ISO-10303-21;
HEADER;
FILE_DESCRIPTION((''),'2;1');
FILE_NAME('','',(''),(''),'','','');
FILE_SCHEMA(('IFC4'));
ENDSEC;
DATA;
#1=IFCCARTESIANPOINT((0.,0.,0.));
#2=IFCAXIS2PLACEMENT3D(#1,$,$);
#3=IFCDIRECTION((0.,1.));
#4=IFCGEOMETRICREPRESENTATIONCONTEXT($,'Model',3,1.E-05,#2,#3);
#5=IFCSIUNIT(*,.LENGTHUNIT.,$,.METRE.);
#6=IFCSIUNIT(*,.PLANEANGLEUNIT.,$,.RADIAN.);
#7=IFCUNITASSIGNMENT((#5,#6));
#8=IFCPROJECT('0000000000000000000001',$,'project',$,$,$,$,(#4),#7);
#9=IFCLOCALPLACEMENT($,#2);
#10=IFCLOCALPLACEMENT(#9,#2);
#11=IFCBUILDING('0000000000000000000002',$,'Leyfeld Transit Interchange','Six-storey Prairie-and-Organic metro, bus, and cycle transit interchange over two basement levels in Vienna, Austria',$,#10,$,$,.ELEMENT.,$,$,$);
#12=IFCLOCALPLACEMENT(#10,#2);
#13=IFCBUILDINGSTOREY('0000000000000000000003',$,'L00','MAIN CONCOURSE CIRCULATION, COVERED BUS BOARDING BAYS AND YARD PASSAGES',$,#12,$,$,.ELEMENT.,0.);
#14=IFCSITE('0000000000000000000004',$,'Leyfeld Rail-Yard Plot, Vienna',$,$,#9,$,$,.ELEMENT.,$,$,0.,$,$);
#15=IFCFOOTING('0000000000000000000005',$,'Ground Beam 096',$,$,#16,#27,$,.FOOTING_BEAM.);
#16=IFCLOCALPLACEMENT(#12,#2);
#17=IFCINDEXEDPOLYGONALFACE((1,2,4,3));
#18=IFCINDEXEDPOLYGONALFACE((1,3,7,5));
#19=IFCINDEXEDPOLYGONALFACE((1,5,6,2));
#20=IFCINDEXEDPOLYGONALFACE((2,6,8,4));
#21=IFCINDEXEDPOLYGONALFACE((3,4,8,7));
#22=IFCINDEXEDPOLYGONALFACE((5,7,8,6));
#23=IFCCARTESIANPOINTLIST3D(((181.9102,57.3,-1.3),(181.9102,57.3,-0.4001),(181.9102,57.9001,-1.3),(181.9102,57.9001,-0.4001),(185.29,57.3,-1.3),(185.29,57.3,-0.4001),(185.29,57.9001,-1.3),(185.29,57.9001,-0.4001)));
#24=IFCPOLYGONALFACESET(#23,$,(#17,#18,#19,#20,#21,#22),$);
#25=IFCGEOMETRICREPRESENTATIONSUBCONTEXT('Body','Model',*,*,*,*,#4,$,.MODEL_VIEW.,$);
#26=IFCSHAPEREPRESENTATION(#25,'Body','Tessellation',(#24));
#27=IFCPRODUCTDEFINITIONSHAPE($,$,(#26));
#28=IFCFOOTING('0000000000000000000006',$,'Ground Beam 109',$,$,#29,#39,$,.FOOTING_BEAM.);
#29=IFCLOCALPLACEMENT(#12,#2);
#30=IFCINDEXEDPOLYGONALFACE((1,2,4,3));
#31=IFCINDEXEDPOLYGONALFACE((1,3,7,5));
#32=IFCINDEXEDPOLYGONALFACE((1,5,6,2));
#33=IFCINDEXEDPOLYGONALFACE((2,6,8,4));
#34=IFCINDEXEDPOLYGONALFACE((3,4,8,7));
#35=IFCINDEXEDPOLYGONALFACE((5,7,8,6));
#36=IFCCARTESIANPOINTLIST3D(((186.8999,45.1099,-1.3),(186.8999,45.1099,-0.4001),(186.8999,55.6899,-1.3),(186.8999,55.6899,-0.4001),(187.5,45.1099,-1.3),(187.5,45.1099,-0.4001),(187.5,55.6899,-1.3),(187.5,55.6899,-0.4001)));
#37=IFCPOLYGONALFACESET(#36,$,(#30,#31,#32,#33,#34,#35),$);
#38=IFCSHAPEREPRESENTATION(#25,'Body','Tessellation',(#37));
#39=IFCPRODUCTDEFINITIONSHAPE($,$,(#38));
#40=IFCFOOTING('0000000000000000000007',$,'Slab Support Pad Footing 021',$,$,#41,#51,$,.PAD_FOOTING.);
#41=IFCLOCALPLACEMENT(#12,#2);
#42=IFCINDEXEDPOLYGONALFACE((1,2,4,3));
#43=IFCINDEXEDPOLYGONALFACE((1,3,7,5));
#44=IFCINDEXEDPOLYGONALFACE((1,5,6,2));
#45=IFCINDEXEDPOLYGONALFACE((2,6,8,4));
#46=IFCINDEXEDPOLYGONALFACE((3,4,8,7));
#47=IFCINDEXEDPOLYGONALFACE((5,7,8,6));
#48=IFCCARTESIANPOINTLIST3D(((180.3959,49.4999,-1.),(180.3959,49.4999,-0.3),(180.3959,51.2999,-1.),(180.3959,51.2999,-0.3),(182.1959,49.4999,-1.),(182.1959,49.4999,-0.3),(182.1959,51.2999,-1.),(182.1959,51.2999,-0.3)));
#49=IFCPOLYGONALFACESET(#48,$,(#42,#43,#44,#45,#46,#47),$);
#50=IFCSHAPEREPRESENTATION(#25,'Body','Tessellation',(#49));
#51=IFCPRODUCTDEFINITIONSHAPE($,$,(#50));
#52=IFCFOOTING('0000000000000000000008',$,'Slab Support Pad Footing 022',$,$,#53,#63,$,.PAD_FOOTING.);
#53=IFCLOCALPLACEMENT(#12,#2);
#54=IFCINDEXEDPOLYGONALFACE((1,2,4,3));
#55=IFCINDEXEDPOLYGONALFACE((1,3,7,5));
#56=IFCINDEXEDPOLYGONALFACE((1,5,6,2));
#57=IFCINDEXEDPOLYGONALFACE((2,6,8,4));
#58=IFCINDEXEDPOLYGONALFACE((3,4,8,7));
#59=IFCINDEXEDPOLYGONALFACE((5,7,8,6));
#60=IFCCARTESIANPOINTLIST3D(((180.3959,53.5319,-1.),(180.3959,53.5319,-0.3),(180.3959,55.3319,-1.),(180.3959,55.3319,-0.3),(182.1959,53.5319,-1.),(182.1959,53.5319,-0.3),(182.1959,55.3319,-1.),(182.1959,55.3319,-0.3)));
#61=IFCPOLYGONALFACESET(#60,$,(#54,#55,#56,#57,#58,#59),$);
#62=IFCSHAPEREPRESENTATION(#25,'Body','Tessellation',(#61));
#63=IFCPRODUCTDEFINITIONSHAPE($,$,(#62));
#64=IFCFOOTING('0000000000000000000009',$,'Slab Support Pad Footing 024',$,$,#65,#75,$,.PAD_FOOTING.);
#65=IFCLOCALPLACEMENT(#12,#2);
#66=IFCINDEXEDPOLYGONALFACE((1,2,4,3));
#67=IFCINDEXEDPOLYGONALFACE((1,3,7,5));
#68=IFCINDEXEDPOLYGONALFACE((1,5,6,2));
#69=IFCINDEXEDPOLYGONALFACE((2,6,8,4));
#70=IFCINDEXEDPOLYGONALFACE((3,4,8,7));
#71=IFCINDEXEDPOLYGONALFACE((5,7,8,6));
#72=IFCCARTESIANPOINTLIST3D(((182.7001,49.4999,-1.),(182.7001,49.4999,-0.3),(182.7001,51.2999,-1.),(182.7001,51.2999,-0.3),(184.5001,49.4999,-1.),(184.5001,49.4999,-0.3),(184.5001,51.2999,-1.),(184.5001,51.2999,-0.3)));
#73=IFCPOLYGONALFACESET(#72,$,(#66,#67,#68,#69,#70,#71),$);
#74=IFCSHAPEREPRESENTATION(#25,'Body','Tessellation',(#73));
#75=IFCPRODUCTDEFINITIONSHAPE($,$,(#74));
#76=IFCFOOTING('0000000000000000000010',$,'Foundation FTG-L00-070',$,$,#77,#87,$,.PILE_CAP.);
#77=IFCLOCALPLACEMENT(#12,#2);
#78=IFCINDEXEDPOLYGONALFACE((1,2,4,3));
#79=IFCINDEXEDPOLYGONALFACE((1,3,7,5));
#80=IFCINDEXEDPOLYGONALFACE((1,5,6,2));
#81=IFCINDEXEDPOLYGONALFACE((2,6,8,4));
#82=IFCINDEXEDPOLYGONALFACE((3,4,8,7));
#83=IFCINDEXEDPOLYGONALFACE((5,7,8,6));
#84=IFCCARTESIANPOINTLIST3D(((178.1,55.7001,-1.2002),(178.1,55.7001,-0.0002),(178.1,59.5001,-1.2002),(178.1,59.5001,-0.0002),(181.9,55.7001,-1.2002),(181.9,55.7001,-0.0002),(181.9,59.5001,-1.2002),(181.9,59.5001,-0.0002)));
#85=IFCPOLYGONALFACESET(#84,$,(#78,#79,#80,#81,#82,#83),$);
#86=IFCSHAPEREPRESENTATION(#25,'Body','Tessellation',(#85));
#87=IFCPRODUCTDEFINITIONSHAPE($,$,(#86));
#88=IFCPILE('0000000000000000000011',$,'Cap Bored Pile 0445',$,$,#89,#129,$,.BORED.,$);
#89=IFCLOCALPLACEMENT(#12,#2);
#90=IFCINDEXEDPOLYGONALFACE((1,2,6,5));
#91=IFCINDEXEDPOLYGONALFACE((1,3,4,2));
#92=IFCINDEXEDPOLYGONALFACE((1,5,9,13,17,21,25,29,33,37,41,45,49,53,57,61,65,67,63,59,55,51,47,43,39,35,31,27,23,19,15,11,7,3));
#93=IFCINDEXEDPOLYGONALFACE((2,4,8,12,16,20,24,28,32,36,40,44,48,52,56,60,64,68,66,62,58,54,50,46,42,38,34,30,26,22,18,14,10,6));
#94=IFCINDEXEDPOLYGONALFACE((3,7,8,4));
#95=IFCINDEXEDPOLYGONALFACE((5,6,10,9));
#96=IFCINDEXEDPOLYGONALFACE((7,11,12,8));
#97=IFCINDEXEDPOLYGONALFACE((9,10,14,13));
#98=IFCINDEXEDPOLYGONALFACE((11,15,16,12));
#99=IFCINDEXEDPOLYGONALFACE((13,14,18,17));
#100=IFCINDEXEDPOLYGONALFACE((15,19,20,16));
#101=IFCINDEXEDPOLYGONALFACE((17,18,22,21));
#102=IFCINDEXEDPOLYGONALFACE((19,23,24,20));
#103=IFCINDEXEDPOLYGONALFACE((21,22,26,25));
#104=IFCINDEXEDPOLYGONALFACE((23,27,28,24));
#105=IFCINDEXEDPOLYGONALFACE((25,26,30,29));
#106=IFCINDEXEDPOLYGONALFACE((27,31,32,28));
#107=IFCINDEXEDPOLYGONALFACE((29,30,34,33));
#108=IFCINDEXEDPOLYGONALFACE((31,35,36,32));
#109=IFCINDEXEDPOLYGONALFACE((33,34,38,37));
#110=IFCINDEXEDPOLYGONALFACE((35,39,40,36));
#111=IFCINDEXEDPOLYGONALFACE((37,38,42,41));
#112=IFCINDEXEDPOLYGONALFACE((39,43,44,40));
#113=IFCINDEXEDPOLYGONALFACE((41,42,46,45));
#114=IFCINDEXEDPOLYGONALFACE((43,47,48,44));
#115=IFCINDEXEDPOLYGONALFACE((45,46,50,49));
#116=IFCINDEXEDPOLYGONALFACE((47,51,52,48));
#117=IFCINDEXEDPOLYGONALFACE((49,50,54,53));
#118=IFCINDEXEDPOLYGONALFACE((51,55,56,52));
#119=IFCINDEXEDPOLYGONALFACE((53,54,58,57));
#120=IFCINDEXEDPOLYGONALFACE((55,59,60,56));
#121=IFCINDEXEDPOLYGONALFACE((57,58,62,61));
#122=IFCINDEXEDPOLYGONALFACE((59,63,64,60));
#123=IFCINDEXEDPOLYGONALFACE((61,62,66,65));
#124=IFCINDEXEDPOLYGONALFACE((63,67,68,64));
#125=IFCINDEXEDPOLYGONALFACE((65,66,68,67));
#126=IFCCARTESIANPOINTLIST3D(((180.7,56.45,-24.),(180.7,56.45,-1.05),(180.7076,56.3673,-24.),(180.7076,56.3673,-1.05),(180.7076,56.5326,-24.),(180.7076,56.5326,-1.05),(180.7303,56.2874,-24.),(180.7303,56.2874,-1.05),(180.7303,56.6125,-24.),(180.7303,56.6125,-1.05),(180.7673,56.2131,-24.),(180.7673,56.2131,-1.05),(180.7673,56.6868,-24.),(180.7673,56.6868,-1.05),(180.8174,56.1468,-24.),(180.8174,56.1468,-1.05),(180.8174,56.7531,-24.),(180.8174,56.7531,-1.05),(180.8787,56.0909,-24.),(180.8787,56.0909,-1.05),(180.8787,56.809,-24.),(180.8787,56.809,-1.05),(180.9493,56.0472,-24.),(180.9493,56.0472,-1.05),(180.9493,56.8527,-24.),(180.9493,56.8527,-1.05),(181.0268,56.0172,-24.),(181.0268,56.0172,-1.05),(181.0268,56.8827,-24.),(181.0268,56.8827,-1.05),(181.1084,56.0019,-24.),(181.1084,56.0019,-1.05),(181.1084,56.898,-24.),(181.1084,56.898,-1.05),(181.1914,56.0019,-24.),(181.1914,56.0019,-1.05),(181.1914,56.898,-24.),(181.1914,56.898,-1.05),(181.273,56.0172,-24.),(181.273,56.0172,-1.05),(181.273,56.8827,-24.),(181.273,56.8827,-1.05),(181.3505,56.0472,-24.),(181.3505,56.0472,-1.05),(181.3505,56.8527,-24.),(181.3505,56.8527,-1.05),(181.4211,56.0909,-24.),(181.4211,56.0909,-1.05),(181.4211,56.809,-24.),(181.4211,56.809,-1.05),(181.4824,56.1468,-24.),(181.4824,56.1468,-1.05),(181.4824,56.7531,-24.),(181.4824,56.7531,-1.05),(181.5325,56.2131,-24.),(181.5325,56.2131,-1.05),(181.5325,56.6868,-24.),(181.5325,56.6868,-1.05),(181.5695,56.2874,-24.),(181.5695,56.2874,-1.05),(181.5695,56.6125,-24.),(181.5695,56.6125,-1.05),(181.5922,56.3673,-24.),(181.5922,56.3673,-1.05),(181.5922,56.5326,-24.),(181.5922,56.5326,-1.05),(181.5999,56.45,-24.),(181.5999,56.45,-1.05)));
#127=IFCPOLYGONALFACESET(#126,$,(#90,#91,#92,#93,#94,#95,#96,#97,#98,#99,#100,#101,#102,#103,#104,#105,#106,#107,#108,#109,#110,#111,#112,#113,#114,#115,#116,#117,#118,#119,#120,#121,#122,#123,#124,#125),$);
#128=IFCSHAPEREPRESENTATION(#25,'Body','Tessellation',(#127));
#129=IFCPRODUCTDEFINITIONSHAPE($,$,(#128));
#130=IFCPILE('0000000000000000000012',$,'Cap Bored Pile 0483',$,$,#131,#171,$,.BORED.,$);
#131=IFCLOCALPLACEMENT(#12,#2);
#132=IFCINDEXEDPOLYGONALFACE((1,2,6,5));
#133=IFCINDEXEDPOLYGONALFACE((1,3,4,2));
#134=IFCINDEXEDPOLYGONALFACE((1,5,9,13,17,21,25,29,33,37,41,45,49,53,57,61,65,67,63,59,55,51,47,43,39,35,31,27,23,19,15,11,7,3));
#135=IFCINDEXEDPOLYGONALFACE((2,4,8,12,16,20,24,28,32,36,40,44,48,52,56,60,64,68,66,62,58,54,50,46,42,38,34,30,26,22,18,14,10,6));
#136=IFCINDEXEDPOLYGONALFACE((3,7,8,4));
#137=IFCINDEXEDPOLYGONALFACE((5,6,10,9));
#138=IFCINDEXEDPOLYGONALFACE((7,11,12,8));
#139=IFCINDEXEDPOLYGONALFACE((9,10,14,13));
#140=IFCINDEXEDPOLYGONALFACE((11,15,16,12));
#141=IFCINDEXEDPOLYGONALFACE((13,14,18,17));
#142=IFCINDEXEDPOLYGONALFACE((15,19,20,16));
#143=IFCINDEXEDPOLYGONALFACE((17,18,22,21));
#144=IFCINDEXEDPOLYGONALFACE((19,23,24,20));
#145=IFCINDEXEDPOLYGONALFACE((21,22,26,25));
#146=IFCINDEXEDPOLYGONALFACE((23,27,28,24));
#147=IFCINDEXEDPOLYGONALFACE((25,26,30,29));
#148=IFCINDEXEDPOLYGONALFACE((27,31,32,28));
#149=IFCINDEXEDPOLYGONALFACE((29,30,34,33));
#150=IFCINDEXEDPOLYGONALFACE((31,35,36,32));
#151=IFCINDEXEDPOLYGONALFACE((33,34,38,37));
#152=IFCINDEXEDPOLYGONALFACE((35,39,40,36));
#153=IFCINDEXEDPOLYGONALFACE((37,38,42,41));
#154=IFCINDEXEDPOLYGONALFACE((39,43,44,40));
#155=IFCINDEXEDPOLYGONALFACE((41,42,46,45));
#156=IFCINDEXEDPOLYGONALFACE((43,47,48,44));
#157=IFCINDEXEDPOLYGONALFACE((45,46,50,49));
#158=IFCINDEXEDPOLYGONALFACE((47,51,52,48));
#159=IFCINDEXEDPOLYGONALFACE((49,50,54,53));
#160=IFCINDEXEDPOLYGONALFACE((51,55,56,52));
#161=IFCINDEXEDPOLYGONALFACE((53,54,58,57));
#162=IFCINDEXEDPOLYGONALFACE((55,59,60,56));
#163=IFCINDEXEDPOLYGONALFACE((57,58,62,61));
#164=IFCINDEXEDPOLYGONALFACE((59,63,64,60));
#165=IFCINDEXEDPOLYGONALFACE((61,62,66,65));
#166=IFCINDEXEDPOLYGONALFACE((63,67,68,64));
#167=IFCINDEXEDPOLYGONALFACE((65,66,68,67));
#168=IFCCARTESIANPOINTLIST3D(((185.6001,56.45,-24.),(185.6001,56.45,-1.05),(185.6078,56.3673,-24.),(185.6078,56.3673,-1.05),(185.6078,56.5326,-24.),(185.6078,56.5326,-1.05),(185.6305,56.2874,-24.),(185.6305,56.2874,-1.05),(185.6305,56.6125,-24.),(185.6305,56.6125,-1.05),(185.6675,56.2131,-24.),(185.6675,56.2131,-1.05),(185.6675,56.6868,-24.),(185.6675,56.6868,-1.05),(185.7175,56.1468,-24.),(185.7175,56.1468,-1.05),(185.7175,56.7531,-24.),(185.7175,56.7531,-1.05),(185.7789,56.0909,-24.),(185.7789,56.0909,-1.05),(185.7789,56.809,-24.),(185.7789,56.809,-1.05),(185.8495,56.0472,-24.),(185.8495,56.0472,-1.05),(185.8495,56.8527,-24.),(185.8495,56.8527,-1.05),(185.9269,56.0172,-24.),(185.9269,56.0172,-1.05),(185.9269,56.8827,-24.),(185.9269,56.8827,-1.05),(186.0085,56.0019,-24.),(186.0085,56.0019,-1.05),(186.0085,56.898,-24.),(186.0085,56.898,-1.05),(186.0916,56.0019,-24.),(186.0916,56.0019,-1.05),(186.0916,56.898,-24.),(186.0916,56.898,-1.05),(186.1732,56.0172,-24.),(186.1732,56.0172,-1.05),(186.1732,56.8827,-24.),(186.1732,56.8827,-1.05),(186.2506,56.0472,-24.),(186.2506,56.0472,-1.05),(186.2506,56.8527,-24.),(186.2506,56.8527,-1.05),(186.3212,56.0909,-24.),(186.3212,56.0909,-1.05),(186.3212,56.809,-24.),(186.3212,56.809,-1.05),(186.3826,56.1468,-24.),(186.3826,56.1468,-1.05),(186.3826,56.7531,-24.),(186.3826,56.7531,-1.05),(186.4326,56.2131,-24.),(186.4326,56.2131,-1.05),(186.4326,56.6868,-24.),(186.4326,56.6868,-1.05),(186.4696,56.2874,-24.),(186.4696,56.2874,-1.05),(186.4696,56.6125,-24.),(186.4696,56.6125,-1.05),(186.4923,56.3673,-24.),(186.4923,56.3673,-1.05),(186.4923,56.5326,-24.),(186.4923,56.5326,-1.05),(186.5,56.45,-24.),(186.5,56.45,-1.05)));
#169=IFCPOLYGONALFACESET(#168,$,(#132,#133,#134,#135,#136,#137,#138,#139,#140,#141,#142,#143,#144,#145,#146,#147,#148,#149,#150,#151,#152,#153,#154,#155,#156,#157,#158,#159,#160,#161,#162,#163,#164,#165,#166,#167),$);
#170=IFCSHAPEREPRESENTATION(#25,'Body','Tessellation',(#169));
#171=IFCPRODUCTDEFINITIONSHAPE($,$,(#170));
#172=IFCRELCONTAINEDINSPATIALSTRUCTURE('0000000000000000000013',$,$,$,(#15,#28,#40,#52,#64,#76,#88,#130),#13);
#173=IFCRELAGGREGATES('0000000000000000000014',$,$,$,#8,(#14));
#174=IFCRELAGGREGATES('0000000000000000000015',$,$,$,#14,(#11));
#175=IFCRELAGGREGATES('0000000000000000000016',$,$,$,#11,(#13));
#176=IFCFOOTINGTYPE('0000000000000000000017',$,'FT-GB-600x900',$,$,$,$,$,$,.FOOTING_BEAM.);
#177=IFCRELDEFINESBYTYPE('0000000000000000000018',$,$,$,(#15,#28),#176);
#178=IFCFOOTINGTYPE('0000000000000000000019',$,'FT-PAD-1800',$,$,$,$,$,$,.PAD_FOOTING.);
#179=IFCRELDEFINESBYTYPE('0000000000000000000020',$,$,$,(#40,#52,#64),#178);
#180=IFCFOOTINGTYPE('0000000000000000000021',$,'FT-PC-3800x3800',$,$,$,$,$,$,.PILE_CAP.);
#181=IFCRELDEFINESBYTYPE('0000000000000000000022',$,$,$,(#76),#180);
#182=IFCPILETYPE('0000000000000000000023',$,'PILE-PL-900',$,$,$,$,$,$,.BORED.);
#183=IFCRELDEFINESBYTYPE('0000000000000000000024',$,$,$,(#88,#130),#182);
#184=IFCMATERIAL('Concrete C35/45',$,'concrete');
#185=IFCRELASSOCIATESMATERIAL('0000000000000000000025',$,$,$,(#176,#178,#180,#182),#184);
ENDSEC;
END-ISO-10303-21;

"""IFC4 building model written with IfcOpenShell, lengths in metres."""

from ifc_helpers import new_model, si_unit, direction, frame, origin, origin_2d, place, context, subcontext, project, spatial, rectangle, circle, extrude, material, material_profile, profile_set, type_object, element, save


model = new_model("IFC4")

# Units and contexts
model_context = context("Model", 3, precision=1e-05, world=origin(), true_north=direction((0.0, 1.0)))
body_context = subcontext(model_context, "Body", "Model", "MODEL_VIEW")
ifc_project = project(units=[si_unit("LENGTHUNIT", "METRE"), si_unit("PLANEANGLEUNIT", "RADIAN")], contexts=[model_context])

# Site, building, storey
site_placement = place(None, origin())
site = spatial("IfcSite", under=ifc_project, at=site_placement, Name="Leyfeld Rail-Yard Plot, Vienna", CompositionType="ELEMENT", RefElevation=0.0)
building_placement = place(site_placement, origin())
building = spatial("IfcBuilding", under=site, at=building_placement, Name="Leyfeld Transit Interchange", Description="Six-storey Prairie-and-Organic metro, bus, and cycle transit interchange over two basement levels in Vienna, Austria", CompositionType="ELEMENT")
storey_placement = place(building_placement, origin())
storey = spatial("IfcBuildingStorey", under=building, at=storey_placement, Name="L00", Description="MAIN CONCOURSE CIRCULATION, COVERED BUS BOARDING BAYS AND YARD PASSAGES", CompositionType="ELEMENT", Elevation=0.0)

# Footings
ifc_material_1 = material(Name="Concrete C35/45", Category="concrete")
footing_type_1 = type_object("IfcFootingType", Name="FT-GB-600x900", PredefinedType="FOOTING_BEAM", material=ifc_material_1)
footing_1_placement = place(storey_placement, frame((183.6001, 57.6001, -1.3), z_axis=(0.0, 0.0, 1.0), x_axis=(1.0, 0.0, 0.0)))
element("IfcFooting", 1, at=footing_1_placement, inside=storey, type_object=footing_type_1, Name="Ground Beam 096", PredefinedType="FOOTING_BEAM", context=body_context, shape_type="SweptSolid", body=[
    extrude(rectangle(XDim=3.3799, YDim=0.6001, at=origin_2d()), origin(), (0.0, 0.0, 1.0), 0.8999),
])
footing_2_placement = place(storey_placement, frame((187.2, 50.3999, -1.3), z_axis=(0.0, 0.0, 1.0), x_axis=(1.0, 0.0, 0.0)))
element("IfcFooting", 2, at=footing_2_placement, inside=storey, type_object=footing_type_1, Name="Ground Beam 109", PredefinedType="FOOTING_BEAM", context=body_context, shape_type="SweptSolid", body=[
    extrude(rectangle(XDim=0.6001, YDim=10.5801, at=origin_2d()), origin(), (0.0, 0.0, 1.0), 0.8999),
])
footing_type_2 = type_object("IfcFootingType", Name="FT-PAD-1800", PredefinedType="PAD_FOOTING", material=ifc_material_1)
for number, where, z_axis, x_axis, name in (
    (3, (181.2959, 50.3999, -1.0), (0.0, 0.0, 1.0), (1.0, 0.0, 0.0), "Slab Support Pad Footing 021"),
    (4, (181.2959, 54.4319, -1.0), (0.0, 0.0, 1.0), (1.0, 0.0, 0.0), "Slab Support Pad Footing 022"),
    (5, (183.6001, 50.3999, -1.0), (0.0, 0.0, 1.0), (1.0, 0.0, 0.0), "Slab Support Pad Footing 024"),
):
    element("IfcFooting", number, at=place(storey_placement, frame(where, z_axis=z_axis, x_axis=x_axis)), inside=storey, type_object=footing_type_2, Name=name, PredefinedType="PAD_FOOTING", context=body_context, shape_type="SweptSolid", body=[
        extrude(rectangle(XDim=1.8, YDim=1.8, at=origin_2d()), origin(), (0.0, 0.0, 1.0), 0.7),
    ])
footing_type_3 = type_object("IfcFootingType", Name="FT-PC-3800x3800", PredefinedType="PILE_CAP", material=ifc_material_1)
footing_3_placement = place(storey_placement, frame((180.0, 57.6001, -1.2002), z_axis=(0.0, 0.0, 1.0), x_axis=(1.0, 0.0, 0.0)))
element("IfcFooting", 6, at=footing_3_placement, inside=storey, type_object=footing_type_3, Name="Foundation FTG-L00-070", PredefinedType="PILE_CAP", context=body_context, shape_type="SweptSolid", body=[
    extrude(rectangle(XDim=3.8, YDim=3.8, at=origin_2d()), origin(), (0.0, 0.0, 1.0), 1.2),
])

# Piles
ifc_material_profile_1 = material_profile(ifc_material_1, circle(Radius=0.45, at=origin_2d()), Name="PILE D900")
ifc_profile_set_1 = profile_set([ifc_material_profile_1], Name="Concrete C35/45")
pile_type = type_object("IfcPileType", Name="PILE-PL-900", PredefinedType="BORED", material=ifc_profile_set_1)
for number, where, z_axis, x_axis, name in (
    (7, (181.1499, 56.45, -1.05), (0.0, 0.0, -1.0), (1.0, 0.0, 0.0), "Cap Bored Pile 0445"),
    (8, (186.05, 56.45, -1.05), (0.0, 0.0, -1.0), (1.0, 0.0, 0.0), "Cap Bored Pile 0483"),
):
    element("IfcPile", number, at=place(storey_placement, frame(where, z_axis=z_axis, x_axis=x_axis)), inside=storey, type_object=pile_type, Name=name, PredefinedType="BORED", context=body_context, shape_type="SweptSolid", body=[
        extrude(circle(Radius=0.45, at=origin_2d()), origin(), (0.0, 0.0, 1.0), 22.95),
    ])

save(model, "model.ifc")
